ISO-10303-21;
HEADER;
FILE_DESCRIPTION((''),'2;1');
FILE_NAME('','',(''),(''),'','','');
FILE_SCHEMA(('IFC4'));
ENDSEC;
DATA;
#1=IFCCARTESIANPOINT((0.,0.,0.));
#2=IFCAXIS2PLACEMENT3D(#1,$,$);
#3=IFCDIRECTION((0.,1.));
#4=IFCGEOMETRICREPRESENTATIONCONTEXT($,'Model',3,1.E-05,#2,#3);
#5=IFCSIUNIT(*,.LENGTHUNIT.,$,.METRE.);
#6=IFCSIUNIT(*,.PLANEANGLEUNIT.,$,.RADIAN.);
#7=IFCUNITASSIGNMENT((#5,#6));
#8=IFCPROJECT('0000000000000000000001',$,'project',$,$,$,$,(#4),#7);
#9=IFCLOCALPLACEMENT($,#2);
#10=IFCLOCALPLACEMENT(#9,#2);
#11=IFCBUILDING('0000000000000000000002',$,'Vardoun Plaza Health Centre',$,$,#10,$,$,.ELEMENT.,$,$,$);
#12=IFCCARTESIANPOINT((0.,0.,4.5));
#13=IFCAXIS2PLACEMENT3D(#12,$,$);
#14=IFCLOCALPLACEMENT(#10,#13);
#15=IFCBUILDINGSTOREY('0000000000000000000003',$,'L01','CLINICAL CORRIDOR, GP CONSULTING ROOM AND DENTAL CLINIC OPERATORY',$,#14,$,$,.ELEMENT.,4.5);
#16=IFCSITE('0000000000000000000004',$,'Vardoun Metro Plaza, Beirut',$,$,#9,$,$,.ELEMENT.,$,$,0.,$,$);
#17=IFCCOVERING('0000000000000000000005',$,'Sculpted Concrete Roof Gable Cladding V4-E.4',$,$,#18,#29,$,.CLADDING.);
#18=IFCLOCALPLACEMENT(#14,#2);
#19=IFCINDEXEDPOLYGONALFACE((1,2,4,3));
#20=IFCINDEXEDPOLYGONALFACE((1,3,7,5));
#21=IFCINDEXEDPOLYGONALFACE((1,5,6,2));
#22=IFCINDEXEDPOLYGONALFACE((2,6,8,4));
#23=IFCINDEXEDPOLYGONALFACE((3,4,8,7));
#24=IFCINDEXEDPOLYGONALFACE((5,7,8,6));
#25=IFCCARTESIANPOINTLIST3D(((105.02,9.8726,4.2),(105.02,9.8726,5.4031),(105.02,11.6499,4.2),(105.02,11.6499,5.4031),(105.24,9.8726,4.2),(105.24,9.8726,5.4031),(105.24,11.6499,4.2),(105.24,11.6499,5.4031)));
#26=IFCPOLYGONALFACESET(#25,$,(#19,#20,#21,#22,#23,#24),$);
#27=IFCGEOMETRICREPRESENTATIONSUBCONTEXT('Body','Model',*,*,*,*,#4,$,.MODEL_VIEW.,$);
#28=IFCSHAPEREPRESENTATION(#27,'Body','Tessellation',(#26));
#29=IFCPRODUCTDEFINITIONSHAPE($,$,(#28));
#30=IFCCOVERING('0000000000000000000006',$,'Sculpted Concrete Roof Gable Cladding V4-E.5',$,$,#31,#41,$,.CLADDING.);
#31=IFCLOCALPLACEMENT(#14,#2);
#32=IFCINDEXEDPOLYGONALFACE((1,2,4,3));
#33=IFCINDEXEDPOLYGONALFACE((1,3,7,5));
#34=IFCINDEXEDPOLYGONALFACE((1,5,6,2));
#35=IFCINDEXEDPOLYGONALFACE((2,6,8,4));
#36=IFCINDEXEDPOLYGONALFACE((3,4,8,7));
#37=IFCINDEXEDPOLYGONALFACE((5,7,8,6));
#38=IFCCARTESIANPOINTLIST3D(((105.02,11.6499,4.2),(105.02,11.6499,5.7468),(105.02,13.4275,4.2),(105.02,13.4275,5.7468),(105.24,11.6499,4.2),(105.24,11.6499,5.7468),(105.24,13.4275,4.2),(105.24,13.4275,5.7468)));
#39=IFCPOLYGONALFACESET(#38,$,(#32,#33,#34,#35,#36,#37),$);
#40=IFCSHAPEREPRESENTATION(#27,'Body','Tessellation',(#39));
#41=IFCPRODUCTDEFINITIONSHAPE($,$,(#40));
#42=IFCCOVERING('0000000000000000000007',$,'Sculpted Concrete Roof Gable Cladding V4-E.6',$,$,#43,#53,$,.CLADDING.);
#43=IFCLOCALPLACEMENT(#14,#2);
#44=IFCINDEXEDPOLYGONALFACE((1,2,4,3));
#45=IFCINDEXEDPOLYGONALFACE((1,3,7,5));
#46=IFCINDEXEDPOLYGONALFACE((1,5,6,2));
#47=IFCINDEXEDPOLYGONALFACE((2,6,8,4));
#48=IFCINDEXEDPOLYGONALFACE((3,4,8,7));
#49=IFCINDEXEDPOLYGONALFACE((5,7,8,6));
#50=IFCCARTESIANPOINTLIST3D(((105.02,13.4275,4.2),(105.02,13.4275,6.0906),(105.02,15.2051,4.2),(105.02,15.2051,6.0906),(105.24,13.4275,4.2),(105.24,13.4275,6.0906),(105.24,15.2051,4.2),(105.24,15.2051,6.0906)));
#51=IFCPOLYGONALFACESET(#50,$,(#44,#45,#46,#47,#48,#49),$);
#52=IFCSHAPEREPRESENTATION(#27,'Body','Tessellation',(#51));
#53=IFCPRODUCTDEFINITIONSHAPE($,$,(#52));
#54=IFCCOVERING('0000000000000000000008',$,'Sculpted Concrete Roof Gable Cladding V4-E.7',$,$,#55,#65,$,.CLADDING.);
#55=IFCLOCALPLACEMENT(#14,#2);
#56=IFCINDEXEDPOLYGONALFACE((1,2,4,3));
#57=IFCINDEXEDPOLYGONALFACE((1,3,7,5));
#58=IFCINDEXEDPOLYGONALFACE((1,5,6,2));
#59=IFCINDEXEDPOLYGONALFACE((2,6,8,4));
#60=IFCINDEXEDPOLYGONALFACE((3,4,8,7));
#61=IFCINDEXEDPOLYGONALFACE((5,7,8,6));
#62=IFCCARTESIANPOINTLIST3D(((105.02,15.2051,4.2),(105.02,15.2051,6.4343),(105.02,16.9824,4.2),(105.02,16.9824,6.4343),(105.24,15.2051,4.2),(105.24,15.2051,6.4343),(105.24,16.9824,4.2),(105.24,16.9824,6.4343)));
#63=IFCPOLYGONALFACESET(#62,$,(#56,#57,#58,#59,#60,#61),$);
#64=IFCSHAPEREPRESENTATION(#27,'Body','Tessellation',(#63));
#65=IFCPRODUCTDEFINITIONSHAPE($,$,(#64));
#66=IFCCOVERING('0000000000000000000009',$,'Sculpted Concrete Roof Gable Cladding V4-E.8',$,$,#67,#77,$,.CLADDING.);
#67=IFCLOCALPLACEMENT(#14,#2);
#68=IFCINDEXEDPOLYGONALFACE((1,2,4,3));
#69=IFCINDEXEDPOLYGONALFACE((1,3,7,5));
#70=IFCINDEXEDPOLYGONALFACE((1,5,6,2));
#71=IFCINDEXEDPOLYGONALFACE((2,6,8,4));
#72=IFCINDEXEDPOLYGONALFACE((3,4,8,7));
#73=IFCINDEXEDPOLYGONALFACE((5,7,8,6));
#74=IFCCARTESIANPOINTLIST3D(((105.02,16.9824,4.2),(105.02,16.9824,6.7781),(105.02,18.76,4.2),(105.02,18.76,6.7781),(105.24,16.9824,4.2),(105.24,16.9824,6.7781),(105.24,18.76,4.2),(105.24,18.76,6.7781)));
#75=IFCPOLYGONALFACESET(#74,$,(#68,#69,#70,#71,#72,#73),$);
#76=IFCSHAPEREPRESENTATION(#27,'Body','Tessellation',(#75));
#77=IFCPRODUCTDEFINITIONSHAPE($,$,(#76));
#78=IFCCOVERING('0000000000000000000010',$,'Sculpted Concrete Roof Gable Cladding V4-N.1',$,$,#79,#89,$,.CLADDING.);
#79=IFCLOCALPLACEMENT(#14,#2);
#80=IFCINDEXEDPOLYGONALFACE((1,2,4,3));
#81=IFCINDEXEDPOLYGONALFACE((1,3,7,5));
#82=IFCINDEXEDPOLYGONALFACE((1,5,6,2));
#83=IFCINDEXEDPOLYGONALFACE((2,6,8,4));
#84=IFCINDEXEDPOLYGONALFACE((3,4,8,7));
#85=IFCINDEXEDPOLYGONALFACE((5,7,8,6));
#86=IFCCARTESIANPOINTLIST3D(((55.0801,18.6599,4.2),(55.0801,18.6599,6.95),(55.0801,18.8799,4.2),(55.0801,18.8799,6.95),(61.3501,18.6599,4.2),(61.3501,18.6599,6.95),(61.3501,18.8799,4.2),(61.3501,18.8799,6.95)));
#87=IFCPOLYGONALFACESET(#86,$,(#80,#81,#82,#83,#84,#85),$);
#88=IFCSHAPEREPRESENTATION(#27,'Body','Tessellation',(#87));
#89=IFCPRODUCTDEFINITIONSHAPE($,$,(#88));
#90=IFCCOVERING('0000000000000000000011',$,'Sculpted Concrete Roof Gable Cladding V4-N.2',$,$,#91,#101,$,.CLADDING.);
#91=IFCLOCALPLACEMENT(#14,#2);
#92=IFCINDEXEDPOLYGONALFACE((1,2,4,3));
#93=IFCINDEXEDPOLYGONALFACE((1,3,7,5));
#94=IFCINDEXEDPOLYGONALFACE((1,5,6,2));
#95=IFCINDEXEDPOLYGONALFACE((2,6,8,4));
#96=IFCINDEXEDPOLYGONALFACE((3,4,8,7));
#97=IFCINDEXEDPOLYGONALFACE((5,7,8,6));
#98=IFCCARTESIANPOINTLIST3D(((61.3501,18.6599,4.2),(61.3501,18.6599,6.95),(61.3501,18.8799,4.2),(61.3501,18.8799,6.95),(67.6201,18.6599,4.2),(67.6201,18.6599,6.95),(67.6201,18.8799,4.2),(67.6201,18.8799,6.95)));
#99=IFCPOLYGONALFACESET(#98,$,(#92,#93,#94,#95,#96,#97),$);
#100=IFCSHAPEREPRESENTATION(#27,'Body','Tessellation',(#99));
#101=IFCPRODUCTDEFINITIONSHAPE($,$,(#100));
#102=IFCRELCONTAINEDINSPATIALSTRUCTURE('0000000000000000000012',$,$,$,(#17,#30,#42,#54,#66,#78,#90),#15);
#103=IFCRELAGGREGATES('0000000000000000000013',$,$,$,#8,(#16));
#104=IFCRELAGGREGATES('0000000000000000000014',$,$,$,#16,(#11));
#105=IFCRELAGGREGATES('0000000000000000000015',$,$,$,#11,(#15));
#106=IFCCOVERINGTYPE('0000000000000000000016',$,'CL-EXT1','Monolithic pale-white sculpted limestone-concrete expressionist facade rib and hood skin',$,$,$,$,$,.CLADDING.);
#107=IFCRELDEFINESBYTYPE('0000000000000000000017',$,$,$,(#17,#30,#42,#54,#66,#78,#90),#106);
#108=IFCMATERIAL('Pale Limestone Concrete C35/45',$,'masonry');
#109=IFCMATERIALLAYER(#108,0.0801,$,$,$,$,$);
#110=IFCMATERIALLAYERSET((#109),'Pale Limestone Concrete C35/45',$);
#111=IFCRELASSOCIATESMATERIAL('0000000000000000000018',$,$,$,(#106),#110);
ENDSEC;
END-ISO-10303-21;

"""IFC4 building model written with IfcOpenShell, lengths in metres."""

from ifc_helpers import new_model, si_unit, direction, frame, origin, place, context, subcontext, project, spatial, polyline, outline, extrude, material, layer, layer_set, type_object, element, save


model = new_model("IFC4")

# Units and contexts
model_context = context("Model", 3, precision=1e-05, world=origin(), true_north=direction((0.0, 1.0)))
body_context = subcontext(model_context, "Body", "Model", "MODEL_VIEW")
ifc_project = project(units=[si_unit("LENGTHUNIT", "METRE"), si_unit("PLANEANGLEUNIT", "RADIAN")], contexts=[model_context])

# Site, building, storey
site_placement = place(None, origin())
site = spatial("IfcSite", under=ifc_project, at=site_placement, Name="Vardoun Metro Plaza, Beirut", CompositionType="ELEMENT", RefElevation=0.0)
building_placement = place(site_placement, origin())
building = spatial("IfcBuilding", under=site, at=building_placement, Name="Vardoun Plaza Health Centre", CompositionType="ELEMENT")
storey_placement = place(building_placement, frame((0.0, 0.0, 4.5)))
storey = spatial("IfcBuildingStorey", under=building, at=storey_placement, Name="L01", Description="CLINICAL CORRIDOR, GP CONSULTING ROOM AND DENTAL CLINIC OPERATORY", CompositionType="ELEMENT", Elevation=4.5)

# Coverings
ifc_material = material(Name="Pale Limestone Concrete C35/45", Category="masonry")
ifc_layer = layer(ifc_material, 0.0801)
ifc_layer_set = layer_set([ifc_layer], Name="Pale Limestone Concrete C35/45")
covering_type = type_object("IfcCoveringType", Name="CL-EXT1", Description="Monolithic pale-white sculpted limestone-concrete expressionist facade rib and hood skin", PredefinedType="CLADDING", material=ifc_layer_set)
covering_1_placement = place(storey_placement, frame((0.0, 0.0, 4.2)))
element("IfcCovering", 1, at=covering_1_placement, inside=storey, type_object=covering_type, Name="Sculpted Concrete Roof Gable Cladding V4-E.4", PredefinedType="CLADDING", context=body_context, shape_type="SweptSolid", body=[
    extrude(outline(polyline([(105.24, 9.8726), (105.24, 11.6499), (105.02, 11.6499), (105.02, 9.8726), (105.24, 9.8726)])), origin(), (0.0, 0.0, 1.0), 1.2031),
])
covering_2_placement = place(storey_placement, frame((0.0, 0.0, 4.2)))
element("IfcCovering", 2, at=covering_2_placement, inside=storey, type_object=covering_type, Name="Sculpted Concrete Roof Gable Cladding V4-E.5", PredefinedType="CLADDING", context=body_context, shape_type="SweptSolid", body=[
    extrude(outline(polyline([(105.24, 11.6499), (105.24, 13.4275), (105.02, 13.4275), (105.02, 11.6499), (105.24, 11.6499)])), origin(), (0.0, 0.0, 1.0), 1.5469),
])
covering_3_placement = place(storey_placement, frame((0.0, 0.0, 4.2)))
element("IfcCovering", 3, at=covering_3_placement, inside=storey, type_object=covering_type, Name="Sculpted Concrete Roof Gable Cladding V4-E.6", PredefinedType="CLADDING", context=body_context, shape_type="SweptSolid", body=[
    extrude(outline(polyline([(105.24, 13.4275), (105.24, 15.2051), (105.02, 15.2051), (105.02, 13.4275), (105.24, 13.4275)])), origin(), (0.0, 0.0, 1.0), 1.8906),
])
covering_4_placement = place(storey_placement, frame((0.0, 0.0, 4.2)))
element("IfcCovering", 4, at=covering_4_placement, inside=storey, type_object=covering_type, Name="Sculpted Concrete Roof Gable Cladding V4-E.7", PredefinedType="CLADDING", context=body_context, shape_type="SweptSolid", body=[
    extrude(outline(polyline([(105.24, 15.2051), (105.24, 16.9824), (105.02, 16.9824), (105.02, 15.2051), (105.24, 15.2051)])), origin(), (0.0, 0.0, 1.0), 2.2344),
])
covering_5_placement = place(storey_placement, frame((0.0, 0.0, 4.2)))
element("IfcCovering", 5, at=covering_5_placement, inside=storey, type_object=covering_type, Name="Sculpted Concrete Roof Gable Cladding V4-E.8", PredefinedType="CLADDING", context=body_context, shape_type="SweptSolid", body=[
    extrude(outline(polyline([(105.24, 16.9824), (105.24, 18.76), (105.02, 18.76), (105.02, 16.9824), (105.24, 16.9824)])), origin(), (0.0, 0.0, 1.0), 2.5781),
])
covering_6_placement = place(storey_placement, frame((0.0, 0.0, 4.2)))
element("IfcCovering", 6, at=covering_6_placement, inside=storey, type_object=covering_type, Name="Sculpted Concrete Roof Gable Cladding V4-N.1", PredefinedType="CLADDING", context=body_context, shape_type="SweptSolid", body=[
    extrude(outline(polyline([(55.0801, 18.6599), (61.3501, 18.6599), (61.3501, 18.8799), (55.0801, 18.8799), (55.0801, 18.6599)])), origin(), (0.0, 0.0, 1.0), 2.75),
])
covering_7_placement = place(storey_placement, frame((0.0, 0.0, 4.2)))
element("IfcCovering", 7, at=covering_7_placement, inside=storey, type_object=covering_type, Name="Sculpted Concrete Roof Gable Cladding V4-N.2", PredefinedType="CLADDING", context=body_context, shape_type="SweptSolid", body=[
    extrude(outline(polyline([(61.3501, 18.6599), (67.6201, 18.6599), (67.6201, 18.8799), (61.3501, 18.8799), (61.3501, 18.6599)])), origin(), (0.0, 0.0, 1.0), 2.75),
])

save(model, "model.ifc")
